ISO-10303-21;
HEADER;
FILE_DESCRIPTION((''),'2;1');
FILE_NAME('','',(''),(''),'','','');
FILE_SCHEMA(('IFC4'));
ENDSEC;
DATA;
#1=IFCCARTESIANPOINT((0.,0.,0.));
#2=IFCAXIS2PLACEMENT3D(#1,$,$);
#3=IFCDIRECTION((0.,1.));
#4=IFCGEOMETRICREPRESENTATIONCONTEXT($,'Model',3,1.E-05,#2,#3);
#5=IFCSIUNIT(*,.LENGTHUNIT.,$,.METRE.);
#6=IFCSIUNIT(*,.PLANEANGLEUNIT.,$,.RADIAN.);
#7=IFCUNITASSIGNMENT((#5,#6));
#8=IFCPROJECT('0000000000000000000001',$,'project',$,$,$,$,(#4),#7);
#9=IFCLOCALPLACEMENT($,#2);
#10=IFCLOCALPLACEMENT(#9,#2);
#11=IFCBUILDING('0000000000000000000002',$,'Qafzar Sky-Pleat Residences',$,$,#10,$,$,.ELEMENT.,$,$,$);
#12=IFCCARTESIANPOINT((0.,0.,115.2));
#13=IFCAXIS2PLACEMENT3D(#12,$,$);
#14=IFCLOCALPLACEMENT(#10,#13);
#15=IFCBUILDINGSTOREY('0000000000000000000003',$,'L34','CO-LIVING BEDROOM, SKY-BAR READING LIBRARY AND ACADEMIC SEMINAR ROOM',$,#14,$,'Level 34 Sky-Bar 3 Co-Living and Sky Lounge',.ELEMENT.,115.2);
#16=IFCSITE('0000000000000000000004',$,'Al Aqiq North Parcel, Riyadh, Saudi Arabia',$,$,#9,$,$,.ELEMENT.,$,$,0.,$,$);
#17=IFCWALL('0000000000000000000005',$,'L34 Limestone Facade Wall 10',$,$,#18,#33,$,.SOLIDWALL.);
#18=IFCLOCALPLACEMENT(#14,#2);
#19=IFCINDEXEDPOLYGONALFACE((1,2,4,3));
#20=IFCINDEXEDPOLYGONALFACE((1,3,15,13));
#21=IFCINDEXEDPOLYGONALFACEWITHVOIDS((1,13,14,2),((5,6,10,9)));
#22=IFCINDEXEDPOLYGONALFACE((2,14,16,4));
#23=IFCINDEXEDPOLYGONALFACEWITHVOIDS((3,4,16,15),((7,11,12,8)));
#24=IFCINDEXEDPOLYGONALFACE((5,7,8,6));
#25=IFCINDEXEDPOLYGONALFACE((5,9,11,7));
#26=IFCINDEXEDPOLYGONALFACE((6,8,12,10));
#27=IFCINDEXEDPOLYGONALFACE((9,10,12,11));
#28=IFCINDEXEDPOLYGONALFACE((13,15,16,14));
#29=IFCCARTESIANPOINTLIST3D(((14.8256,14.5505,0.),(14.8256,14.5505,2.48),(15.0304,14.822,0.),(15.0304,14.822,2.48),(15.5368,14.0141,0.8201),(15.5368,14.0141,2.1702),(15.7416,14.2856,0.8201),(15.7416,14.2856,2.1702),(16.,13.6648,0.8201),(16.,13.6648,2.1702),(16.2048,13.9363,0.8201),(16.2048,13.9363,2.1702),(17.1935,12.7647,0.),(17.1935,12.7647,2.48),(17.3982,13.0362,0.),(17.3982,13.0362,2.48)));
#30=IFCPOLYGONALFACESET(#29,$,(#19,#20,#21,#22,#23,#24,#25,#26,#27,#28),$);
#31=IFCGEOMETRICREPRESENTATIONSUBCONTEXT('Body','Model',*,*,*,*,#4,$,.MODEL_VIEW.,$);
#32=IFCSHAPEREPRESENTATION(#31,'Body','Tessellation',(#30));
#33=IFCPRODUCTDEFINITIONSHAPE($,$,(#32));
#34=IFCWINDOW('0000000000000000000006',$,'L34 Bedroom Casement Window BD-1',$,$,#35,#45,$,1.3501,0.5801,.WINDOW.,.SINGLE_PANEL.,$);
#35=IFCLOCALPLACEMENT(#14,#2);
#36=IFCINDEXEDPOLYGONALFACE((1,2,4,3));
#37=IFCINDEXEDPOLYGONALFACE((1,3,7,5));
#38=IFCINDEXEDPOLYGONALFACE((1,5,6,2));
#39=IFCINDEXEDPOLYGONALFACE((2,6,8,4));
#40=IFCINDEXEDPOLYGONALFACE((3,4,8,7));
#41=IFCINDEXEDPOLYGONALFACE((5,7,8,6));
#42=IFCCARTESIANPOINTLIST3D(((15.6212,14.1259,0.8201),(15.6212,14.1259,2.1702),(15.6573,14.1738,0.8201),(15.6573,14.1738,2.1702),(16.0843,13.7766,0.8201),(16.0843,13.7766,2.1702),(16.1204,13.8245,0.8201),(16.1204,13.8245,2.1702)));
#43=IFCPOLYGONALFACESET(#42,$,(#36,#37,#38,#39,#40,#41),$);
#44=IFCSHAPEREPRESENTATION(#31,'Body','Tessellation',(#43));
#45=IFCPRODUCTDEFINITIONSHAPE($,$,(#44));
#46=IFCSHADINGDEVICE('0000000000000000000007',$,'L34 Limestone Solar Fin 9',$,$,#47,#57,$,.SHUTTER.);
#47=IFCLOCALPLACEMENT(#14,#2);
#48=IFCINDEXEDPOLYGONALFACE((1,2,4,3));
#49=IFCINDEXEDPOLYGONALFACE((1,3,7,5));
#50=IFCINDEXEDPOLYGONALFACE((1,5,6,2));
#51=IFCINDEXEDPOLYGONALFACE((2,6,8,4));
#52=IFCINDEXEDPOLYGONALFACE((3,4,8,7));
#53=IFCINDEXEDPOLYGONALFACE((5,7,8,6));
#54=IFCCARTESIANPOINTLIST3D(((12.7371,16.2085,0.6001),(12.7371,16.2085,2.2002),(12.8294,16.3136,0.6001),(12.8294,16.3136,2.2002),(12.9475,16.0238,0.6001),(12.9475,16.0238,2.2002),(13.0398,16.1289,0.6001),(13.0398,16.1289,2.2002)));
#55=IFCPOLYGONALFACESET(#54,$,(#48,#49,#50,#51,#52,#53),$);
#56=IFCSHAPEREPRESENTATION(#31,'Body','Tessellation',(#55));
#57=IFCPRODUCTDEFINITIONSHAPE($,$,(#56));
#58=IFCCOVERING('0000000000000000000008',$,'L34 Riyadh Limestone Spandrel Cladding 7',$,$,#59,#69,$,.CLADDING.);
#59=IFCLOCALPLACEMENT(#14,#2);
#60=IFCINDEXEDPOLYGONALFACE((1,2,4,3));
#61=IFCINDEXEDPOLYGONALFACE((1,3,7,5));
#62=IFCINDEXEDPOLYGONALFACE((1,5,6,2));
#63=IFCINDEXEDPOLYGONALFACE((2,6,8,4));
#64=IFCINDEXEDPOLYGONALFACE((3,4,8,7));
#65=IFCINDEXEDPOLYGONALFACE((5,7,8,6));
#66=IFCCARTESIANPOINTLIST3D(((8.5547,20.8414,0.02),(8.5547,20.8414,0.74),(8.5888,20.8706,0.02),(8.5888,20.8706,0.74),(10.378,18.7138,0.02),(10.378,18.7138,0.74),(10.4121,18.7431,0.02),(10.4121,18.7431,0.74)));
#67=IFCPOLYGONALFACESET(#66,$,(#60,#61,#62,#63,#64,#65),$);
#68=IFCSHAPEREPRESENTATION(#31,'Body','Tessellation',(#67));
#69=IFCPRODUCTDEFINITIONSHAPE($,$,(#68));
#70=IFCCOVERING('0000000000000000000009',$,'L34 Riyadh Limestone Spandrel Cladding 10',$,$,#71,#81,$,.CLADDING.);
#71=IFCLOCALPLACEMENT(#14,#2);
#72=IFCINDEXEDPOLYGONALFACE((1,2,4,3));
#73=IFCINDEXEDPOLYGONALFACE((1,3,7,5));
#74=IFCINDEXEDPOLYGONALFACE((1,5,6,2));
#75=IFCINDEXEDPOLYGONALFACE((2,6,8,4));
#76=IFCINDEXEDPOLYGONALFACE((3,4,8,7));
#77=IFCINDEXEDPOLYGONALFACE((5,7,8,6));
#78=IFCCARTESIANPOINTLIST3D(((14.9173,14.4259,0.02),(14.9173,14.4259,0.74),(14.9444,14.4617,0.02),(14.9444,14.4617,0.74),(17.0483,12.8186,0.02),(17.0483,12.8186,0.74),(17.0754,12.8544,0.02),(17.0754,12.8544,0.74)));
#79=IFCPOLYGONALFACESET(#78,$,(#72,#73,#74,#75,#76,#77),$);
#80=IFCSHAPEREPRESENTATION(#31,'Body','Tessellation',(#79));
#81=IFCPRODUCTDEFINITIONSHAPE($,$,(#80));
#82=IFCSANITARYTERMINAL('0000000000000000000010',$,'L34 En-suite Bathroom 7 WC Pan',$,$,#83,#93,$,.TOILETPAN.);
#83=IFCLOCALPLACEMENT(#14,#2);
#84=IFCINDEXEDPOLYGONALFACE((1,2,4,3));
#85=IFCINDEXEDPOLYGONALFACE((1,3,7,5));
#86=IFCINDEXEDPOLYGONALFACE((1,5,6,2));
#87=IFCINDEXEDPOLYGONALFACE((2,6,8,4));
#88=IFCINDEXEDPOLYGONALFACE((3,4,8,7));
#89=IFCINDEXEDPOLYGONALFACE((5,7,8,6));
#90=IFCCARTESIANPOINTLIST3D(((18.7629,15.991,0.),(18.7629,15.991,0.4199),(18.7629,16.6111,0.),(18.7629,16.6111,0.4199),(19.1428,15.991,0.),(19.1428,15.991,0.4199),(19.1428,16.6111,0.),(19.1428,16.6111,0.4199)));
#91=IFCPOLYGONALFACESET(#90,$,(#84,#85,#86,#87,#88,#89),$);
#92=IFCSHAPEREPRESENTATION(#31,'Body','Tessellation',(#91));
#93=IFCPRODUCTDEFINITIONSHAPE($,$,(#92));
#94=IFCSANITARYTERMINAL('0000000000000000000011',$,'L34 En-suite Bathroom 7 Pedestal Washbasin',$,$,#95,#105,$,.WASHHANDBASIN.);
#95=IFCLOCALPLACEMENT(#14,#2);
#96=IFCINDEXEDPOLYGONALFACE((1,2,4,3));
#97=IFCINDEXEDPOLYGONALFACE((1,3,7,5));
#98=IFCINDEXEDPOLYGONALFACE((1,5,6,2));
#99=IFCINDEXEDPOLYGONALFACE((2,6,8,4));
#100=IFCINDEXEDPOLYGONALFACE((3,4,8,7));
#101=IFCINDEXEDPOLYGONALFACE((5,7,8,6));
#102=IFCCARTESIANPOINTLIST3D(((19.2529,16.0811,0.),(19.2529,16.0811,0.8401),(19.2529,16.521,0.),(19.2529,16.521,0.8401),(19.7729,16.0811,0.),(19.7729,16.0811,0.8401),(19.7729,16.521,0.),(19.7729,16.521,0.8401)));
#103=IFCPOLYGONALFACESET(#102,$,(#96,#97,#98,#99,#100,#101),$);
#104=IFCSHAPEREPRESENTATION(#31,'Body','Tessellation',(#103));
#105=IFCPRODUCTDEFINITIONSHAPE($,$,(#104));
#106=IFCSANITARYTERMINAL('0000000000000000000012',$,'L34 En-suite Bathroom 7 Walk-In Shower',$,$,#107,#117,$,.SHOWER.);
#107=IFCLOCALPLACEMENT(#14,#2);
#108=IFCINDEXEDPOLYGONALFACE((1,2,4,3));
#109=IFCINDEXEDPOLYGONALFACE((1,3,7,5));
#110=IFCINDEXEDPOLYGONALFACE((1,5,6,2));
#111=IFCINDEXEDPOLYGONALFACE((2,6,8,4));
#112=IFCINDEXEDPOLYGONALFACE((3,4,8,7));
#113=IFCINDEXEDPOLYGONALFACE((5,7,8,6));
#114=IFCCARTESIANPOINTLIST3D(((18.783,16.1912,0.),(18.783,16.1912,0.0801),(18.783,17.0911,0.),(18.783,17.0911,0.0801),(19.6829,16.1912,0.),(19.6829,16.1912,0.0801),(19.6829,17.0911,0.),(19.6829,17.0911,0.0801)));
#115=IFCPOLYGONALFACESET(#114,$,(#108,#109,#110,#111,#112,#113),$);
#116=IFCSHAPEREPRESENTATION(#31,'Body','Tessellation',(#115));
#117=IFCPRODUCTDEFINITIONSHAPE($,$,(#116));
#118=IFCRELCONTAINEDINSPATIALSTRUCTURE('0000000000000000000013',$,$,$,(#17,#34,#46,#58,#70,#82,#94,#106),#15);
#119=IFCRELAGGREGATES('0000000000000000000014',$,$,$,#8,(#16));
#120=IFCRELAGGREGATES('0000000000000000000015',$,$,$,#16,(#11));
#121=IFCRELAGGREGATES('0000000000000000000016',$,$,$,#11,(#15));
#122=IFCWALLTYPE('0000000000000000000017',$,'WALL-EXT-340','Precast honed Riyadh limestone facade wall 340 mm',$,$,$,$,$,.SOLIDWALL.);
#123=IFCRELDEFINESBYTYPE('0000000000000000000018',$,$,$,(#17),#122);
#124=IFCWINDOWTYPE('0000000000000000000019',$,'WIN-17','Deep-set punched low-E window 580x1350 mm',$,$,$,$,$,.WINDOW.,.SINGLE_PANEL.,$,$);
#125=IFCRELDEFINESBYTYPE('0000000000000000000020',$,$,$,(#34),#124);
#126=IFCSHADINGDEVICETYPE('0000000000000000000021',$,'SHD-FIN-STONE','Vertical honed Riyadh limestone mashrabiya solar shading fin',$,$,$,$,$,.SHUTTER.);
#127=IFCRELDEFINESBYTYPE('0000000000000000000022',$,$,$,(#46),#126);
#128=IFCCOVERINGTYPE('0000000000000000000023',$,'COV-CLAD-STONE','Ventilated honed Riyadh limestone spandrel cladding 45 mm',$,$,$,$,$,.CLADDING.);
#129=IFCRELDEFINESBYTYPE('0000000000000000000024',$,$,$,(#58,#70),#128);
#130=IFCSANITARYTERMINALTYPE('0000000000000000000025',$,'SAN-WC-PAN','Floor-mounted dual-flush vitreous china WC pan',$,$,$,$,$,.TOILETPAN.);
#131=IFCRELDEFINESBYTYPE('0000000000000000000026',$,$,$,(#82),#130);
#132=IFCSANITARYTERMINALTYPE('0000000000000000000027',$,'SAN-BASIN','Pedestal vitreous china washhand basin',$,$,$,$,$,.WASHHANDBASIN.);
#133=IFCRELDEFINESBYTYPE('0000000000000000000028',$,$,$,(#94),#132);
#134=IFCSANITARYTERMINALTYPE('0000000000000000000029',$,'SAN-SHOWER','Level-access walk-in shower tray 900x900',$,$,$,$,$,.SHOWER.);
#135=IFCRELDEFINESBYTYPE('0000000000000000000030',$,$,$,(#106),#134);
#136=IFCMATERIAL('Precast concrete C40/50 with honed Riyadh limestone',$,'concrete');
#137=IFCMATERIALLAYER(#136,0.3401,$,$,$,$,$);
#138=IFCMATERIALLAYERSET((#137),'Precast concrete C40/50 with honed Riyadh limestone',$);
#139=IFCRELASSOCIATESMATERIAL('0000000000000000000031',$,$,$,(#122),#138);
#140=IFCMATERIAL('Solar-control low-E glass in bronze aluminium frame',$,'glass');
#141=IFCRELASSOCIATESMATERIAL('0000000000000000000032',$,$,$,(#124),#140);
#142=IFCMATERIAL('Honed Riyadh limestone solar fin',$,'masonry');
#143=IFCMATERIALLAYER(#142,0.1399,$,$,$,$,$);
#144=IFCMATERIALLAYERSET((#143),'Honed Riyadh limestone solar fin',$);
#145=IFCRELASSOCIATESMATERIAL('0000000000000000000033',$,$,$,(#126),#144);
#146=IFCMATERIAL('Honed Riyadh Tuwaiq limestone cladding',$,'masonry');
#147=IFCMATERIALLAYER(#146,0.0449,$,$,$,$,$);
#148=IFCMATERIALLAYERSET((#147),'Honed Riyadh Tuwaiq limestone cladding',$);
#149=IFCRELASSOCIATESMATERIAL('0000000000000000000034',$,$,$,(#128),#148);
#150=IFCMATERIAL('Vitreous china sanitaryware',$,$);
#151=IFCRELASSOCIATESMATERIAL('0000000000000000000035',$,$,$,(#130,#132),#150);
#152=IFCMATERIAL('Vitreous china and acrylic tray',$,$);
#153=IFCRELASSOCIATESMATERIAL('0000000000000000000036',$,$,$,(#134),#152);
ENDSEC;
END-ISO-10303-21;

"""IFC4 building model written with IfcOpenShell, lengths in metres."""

from ifc_helpers import new_model, si_unit, direction, frame, frame_2d, origin, origin_2d, place, context, subcontext, project, spatial, rectangle, extrude, source, transform, mapped, material, layer, layer_set, type_object, element, fill, save


model = new_model("IFC4")

# Units and contexts
model_context = context("Model", 3, precision=1e-05, world=origin(), true_north=direction((0.0, 1.0)))
body_context = subcontext(model_context, "Body", "Model", "MODEL_VIEW")
ifc_project = project(units=[si_unit("LENGTHUNIT", "METRE"), si_unit("PLANEANGLEUNIT", "RADIAN")], contexts=[model_context])

# Site, building, storey
site_placement = place(None, origin())
site = spatial("IfcSite", under=ifc_project, at=site_placement, Name="Al Aqiq North Parcel, Riyadh, Saudi Arabia", CompositionType="ELEMENT", RefElevation=0.0)
building_placement = place(site_placement, origin())
building = spatial("IfcBuilding", under=site, at=building_placement, Name="Qafzar Sky-Pleat Residences", CompositionType="ELEMENT")
storey_placement = place(building_placement, frame((0.0, 0.0, 115.2)))
storey = spatial("IfcBuildingStorey", under=building, at=storey_placement, Name="L34", Description="CO-LIVING BEDROOM, SKY-BAR READING LIBRARY AND ACADEMIC SEMINAR ROOM", LongName="Level 34 Sky-Bar 3 Co-Living and Sky Lounge", CompositionType="ELEMENT", Elevation=115.2)

# Shared definitions
ifc_material_1 = material(Name="Precast concrete C40/50 with honed Riyadh limestone", Category="concrete")

# Wall, opening, window
ifc_layer_1 = layer(ifc_material_1, 0.3401)
ifc_layer_set_1 = layer_set([ifc_layer_1], Name="Precast concrete C40/50 with honed Riyadh limestone")
wall_type_1 = type_object("IfcWallType", Name="WALL-EXT-340", Description="Precast honed Riyadh limestone facade wall 340 mm", PredefinedType="SOLIDWALL", material=ifc_layer_set_1)
ifc_material_2 = material(Name="Solar-control low-E glass in bronze aluminium frame", Category="glass")
wall_1_placement = place(storey_placement, frame((14.928, 14.6863, 0.0), z_axis=(0.0, 0.0, 1.0), x_axis=(0.798387, -0.602145, 0.0)))
wall_1 = element("IfcWall", 1, at=wall_1_placement, inside=storey, type_object=wall_type_1, Name="L34 Limestone Facade Wall 10", PredefinedType="SOLIDWALL", context=body_context, shape_type="SweptSolid", body=[
    extrude(rectangle(XDim=2.9658, YDim=0.3401, at=frame_2d((1.4829, 0.0))), origin(), (0.0, 0.0, 1.0), 2.48),
])
opening_1_placement = place(wall_1_placement, frame((0.8909, 0.0, 0.8201)))
opening_1 = element("IfcOpeningElement", 2, at=opening_1_placement, cuts=wall_1, PredefinedType="OPENING", context=body_context, shape_type="SweptSolid", body=[
    extrude(rectangle(XDim=0.5801, YDim=1.3501, at=frame_2d((0.29, 0.675))), frame((0.0, 0.1802, 0.0), z_axis=(0.0, -1.0, 0.0), x_axis=(1.0, 0.0, 0.0)), (0.0, 0.0, 1.0), 0.3601),
])
window_type_1 = type_object("IfcWindowType", Name="WIN-17", Description="Deep-set punched low-E window 580x1350 mm", PartitioningType="SINGLE_PANEL", PredefinedType="WINDOW", material=ifc_material_2)
shared_shape_1 = source(origin(), body_context, "Body", "SweptSolid", [
    extrude(rectangle(XDim=0.5801, YDim=1.3501, at=frame_2d((0.29, 0.675))), frame((0.0, 0.03, 0.0), z_axis=(0.0, -1.0, 0.0), x_axis=(1.0, 0.0, 0.0)), (0.0, 0.0, 1.0), 0.0601),
])
window_1_placement = place(opening_1_placement, origin())
window_1 = element("IfcWindow", 3, at=window_1_placement, inside=storey, type_object=window_type_1, Name="L34 Bedroom Casement Window BD-1", OverallHeight=1.3501, OverallWidth=0.5801, PartitioningType="SINGLE_PANEL", PredefinedType="WINDOW", context=body_context, shape_type="MappedRepresentation", body=[
    mapped(shared_shape_1, transform((0.0, 0.0, 0.0), x_axis=(1.0, 0.0, 0.0), y_axis=(0.0, 1.0, 0.0), z_axis=(0.0, 0.0, 1.0), scale=1.0)),
])
fill(opening_1, window_1)

# Shading device
ifc_material_3 = material(Name="Honed Riyadh limestone solar fin", Category="masonry")
ifc_layer_2 = layer(ifc_material_3, 0.1399)
ifc_layer_set_2 = layer_set([ifc_layer_2], Name="Honed Riyadh limestone solar fin")
shading_device_type = type_object("IfcShadingDeviceType", Name="SHD-FIN-STONE", Description="Vertical honed Riyadh limestone mashrabiya solar shading fin", PredefinedType="SHUTTER", material=ifc_layer_set_2)
shared_shape_2 = source(origin(), body_context, "Body", "SweptSolid", [
    extrude(rectangle(XDim=0.1399, YDim=0.28, at=origin_2d()), origin(), (0.0, 0.0, 1.0), 1.6001),
])
shading_device_placement = place(storey_placement, frame((12.8884, 16.1687, 0.6001), z_axis=(0.0, 0.0, 1.0), x_axis=(-0.659767, -0.75147, 0.0)))
element("IfcShadingDevice", 4, at=shading_device_placement, inside=storey, type_object=shading_device_type, Name="L34 Limestone Solar Fin 9", PredefinedType="SHUTTER", context=body_context, shape_type="MappedRepresentation", body=[
    mapped(shared_shape_2, transform((0.0, 0.0, 0.0), x_axis=(1.0, 0.0, 0.0), y_axis=(0.0, 1.0, 0.0), z_axis=(0.0, 0.0, 1.0), scale=1.0)),
])

# Coverings
ifc_material_4 = material(Name="Honed Riyadh Tuwaiq limestone cladding", Category="masonry")
ifc_layer_3 = layer(ifc_material_4, 0.0449)
ifc_layer_set_3 = layer_set([ifc_layer_3], Name="Honed Riyadh Tuwaiq limestone cladding")
covering_type = type_object("IfcCoveringType", Name="COV-CLAD-STONE", Description="Ventilated honed Riyadh limestone spandrel cladding 45 mm", PredefinedType="CLADDING", material=ifc_layer_set_3)
shared_shape_3 = source(origin(), body_context, "Body", "SweptSolid", [
    extrude(rectangle(XDim=2.802, YDim=0.0449, at=origin_2d()), origin(), (0.0, 0.0, 1.0), 0.72),
])
covering_1_placement = place(storey_placement, frame((9.4834, 19.7922, 0.02), z_axis=(0.0, 0.0, 1.0), x_axis=(0.650738, -0.759302, 0.0)))
element("IfcCovering", 5, at=covering_1_placement, inside=storey, type_object=covering_type, Name="L34 Riyadh Limestone Spandrel Cladding 7", PredefinedType="CLADDING", context=body_context, shape_type="MappedRepresentation", body=[
    mapped(shared_shape_3, transform((0.0, 0.0, 0.0), x_axis=(1.0, 0.0, 0.0), y_axis=(0.0, 1.0, 0.0), z_axis=(0.0, 0.0, 1.0), scale=1.0)),
])
shared_shape_4 = source(origin(), body_context, "Body", "SweptSolid", [
    extrude(rectangle(XDim=2.6692, YDim=0.0449, at=origin_2d()), origin(), (0.0, 0.0, 1.0), 0.72),
])
covering_2_placement = place(storey_placement, frame((15.9963, 13.6401, 0.02), z_axis=(0.0, 0.0, 1.0), x_axis=(0.798371, -0.602167, 0.0)))
element("IfcCovering", 6, at=covering_2_placement, inside=storey, type_object=covering_type, Name="L34 Riyadh Limestone Spandrel Cladding 10", PredefinedType="CLADDING", context=body_context, shape_type="MappedRepresentation", body=[
    mapped(shared_shape_4, transform((0.0, 0.0, 0.0), x_axis=(1.0, 0.0, 0.0), y_axis=(0.0, 1.0, 0.0), z_axis=(0.0, 0.0, 1.0), scale=1.0)),
])

# Sanitary terminals
ifc_material_5 = material(Name="Vitreous china sanitaryware")
sanitary_terminal_type_1 = type_object("IfcSanitaryTerminalType", Name="SAN-WC-PAN", Description="Floor-mounted dual-flush vitreous china WC pan", PredefinedType="TOILETPAN", material=ifc_material_5)
shared_shape_5 = source(origin(), body_context, "Body", "SweptSolid", [
    extrude(rectangle(XDim=0.3799, YDim=0.6201, at=origin_2d()), origin(), (0.0, 0.0, 1.0), 0.4199),
])
sanitary_terminal_1_placement = place(storey_placement, frame((18.9529, 16.301, 0.0), z_axis=(0.0, 0.0, 1.0), x_axis=(1.0, 0.0, 0.0)))
element("IfcSanitaryTerminal", 7, at=sanitary_terminal_1_placement, inside=storey, type_object=sanitary_terminal_type_1, Name="L34 En-suite Bathroom 7 WC Pan", PredefinedType="TOILETPAN", context=body_context, shape_type="MappedRepresentation", body=[
    mapped(shared_shape_5, transform((0.0, 0.0, 0.0), x_axis=(1.0, 0.0, 0.0), y_axis=(0.0, 1.0, 0.0), z_axis=(0.0, 0.0, 1.0), scale=1.0)),
])
sanitary_terminal_type_2 = type_object("IfcSanitaryTerminalType", Name="SAN-BASIN", Description="Pedestal vitreous china washhand basin", PredefinedType="WASHHANDBASIN", material=ifc_material_5)
shared_shape_6 = source(origin(), body_context, "Body", "SweptSolid", [
    extrude(rectangle(XDim=0.52, YDim=0.4399, at=origin_2d()), origin(), (0.0, 0.0, 1.0), 0.8401),
])
sanitary_terminal_2_placement = place(storey_placement, frame((19.5129, 16.301, 0.0), z_axis=(0.0, 0.0, 1.0), x_axis=(1.0, 0.0, 0.0)))
element("IfcSanitaryTerminal", 8, at=sanitary_terminal_2_placement, inside=storey, type_object=sanitary_terminal_type_2, Name="L34 En-suite Bathroom 7 Pedestal Washbasin", PredefinedType="WASHHANDBASIN", context=body_context, shape_type="MappedRepresentation", body=[
    mapped(shared_shape_6, transform((0.0, 0.0, 0.0), x_axis=(1.0, 0.0, 0.0), y_axis=(0.0, 1.0, 0.0), z_axis=(0.0, 0.0, 1.0), scale=1.0)),
])
ifc_material_6 = material(Name="Vitreous china and acrylic tray")
sanitary_terminal_type_3 = type_object("IfcSanitaryTerminalType", Name="SAN-SHOWER", Description="Level-access walk-in shower tray 900x900", PredefinedType="SHOWER", material=ifc_material_6)
shared_shape_7 = source(origin(), body_context, "Body", "SweptSolid", [
    extrude(rectangle(XDim=0.8999, YDim=0.8999, at=origin_2d()), origin(), (0.0, 0.0, 1.0), 0.0801),
])
sanitary_terminal_3_placement = place(storey_placement, frame((19.2329, 16.6411, 0.0), z_axis=(0.0, 0.0, 1.0), x_axis=(1.0, 0.0, 0.0)))
element("IfcSanitaryTerminal", 9, at=sanitary_terminal_3_placement, inside=storey, type_object=sanitary_terminal_type_3, Name="L34 En-suite Bathroom 7 Walk-In Shower", PredefinedType="SHOWER", context=body_context, shape_type="MappedRepresentation", body=[
    mapped(shared_shape_7, transform((0.0, 0.0, 0.0), x_axis=(1.0, 0.0, 0.0), y_axis=(0.0, 1.0, 0.0), z_axis=(0.0, 0.0, 1.0), scale=1.0)),
])

save(model, "model.ifc")
